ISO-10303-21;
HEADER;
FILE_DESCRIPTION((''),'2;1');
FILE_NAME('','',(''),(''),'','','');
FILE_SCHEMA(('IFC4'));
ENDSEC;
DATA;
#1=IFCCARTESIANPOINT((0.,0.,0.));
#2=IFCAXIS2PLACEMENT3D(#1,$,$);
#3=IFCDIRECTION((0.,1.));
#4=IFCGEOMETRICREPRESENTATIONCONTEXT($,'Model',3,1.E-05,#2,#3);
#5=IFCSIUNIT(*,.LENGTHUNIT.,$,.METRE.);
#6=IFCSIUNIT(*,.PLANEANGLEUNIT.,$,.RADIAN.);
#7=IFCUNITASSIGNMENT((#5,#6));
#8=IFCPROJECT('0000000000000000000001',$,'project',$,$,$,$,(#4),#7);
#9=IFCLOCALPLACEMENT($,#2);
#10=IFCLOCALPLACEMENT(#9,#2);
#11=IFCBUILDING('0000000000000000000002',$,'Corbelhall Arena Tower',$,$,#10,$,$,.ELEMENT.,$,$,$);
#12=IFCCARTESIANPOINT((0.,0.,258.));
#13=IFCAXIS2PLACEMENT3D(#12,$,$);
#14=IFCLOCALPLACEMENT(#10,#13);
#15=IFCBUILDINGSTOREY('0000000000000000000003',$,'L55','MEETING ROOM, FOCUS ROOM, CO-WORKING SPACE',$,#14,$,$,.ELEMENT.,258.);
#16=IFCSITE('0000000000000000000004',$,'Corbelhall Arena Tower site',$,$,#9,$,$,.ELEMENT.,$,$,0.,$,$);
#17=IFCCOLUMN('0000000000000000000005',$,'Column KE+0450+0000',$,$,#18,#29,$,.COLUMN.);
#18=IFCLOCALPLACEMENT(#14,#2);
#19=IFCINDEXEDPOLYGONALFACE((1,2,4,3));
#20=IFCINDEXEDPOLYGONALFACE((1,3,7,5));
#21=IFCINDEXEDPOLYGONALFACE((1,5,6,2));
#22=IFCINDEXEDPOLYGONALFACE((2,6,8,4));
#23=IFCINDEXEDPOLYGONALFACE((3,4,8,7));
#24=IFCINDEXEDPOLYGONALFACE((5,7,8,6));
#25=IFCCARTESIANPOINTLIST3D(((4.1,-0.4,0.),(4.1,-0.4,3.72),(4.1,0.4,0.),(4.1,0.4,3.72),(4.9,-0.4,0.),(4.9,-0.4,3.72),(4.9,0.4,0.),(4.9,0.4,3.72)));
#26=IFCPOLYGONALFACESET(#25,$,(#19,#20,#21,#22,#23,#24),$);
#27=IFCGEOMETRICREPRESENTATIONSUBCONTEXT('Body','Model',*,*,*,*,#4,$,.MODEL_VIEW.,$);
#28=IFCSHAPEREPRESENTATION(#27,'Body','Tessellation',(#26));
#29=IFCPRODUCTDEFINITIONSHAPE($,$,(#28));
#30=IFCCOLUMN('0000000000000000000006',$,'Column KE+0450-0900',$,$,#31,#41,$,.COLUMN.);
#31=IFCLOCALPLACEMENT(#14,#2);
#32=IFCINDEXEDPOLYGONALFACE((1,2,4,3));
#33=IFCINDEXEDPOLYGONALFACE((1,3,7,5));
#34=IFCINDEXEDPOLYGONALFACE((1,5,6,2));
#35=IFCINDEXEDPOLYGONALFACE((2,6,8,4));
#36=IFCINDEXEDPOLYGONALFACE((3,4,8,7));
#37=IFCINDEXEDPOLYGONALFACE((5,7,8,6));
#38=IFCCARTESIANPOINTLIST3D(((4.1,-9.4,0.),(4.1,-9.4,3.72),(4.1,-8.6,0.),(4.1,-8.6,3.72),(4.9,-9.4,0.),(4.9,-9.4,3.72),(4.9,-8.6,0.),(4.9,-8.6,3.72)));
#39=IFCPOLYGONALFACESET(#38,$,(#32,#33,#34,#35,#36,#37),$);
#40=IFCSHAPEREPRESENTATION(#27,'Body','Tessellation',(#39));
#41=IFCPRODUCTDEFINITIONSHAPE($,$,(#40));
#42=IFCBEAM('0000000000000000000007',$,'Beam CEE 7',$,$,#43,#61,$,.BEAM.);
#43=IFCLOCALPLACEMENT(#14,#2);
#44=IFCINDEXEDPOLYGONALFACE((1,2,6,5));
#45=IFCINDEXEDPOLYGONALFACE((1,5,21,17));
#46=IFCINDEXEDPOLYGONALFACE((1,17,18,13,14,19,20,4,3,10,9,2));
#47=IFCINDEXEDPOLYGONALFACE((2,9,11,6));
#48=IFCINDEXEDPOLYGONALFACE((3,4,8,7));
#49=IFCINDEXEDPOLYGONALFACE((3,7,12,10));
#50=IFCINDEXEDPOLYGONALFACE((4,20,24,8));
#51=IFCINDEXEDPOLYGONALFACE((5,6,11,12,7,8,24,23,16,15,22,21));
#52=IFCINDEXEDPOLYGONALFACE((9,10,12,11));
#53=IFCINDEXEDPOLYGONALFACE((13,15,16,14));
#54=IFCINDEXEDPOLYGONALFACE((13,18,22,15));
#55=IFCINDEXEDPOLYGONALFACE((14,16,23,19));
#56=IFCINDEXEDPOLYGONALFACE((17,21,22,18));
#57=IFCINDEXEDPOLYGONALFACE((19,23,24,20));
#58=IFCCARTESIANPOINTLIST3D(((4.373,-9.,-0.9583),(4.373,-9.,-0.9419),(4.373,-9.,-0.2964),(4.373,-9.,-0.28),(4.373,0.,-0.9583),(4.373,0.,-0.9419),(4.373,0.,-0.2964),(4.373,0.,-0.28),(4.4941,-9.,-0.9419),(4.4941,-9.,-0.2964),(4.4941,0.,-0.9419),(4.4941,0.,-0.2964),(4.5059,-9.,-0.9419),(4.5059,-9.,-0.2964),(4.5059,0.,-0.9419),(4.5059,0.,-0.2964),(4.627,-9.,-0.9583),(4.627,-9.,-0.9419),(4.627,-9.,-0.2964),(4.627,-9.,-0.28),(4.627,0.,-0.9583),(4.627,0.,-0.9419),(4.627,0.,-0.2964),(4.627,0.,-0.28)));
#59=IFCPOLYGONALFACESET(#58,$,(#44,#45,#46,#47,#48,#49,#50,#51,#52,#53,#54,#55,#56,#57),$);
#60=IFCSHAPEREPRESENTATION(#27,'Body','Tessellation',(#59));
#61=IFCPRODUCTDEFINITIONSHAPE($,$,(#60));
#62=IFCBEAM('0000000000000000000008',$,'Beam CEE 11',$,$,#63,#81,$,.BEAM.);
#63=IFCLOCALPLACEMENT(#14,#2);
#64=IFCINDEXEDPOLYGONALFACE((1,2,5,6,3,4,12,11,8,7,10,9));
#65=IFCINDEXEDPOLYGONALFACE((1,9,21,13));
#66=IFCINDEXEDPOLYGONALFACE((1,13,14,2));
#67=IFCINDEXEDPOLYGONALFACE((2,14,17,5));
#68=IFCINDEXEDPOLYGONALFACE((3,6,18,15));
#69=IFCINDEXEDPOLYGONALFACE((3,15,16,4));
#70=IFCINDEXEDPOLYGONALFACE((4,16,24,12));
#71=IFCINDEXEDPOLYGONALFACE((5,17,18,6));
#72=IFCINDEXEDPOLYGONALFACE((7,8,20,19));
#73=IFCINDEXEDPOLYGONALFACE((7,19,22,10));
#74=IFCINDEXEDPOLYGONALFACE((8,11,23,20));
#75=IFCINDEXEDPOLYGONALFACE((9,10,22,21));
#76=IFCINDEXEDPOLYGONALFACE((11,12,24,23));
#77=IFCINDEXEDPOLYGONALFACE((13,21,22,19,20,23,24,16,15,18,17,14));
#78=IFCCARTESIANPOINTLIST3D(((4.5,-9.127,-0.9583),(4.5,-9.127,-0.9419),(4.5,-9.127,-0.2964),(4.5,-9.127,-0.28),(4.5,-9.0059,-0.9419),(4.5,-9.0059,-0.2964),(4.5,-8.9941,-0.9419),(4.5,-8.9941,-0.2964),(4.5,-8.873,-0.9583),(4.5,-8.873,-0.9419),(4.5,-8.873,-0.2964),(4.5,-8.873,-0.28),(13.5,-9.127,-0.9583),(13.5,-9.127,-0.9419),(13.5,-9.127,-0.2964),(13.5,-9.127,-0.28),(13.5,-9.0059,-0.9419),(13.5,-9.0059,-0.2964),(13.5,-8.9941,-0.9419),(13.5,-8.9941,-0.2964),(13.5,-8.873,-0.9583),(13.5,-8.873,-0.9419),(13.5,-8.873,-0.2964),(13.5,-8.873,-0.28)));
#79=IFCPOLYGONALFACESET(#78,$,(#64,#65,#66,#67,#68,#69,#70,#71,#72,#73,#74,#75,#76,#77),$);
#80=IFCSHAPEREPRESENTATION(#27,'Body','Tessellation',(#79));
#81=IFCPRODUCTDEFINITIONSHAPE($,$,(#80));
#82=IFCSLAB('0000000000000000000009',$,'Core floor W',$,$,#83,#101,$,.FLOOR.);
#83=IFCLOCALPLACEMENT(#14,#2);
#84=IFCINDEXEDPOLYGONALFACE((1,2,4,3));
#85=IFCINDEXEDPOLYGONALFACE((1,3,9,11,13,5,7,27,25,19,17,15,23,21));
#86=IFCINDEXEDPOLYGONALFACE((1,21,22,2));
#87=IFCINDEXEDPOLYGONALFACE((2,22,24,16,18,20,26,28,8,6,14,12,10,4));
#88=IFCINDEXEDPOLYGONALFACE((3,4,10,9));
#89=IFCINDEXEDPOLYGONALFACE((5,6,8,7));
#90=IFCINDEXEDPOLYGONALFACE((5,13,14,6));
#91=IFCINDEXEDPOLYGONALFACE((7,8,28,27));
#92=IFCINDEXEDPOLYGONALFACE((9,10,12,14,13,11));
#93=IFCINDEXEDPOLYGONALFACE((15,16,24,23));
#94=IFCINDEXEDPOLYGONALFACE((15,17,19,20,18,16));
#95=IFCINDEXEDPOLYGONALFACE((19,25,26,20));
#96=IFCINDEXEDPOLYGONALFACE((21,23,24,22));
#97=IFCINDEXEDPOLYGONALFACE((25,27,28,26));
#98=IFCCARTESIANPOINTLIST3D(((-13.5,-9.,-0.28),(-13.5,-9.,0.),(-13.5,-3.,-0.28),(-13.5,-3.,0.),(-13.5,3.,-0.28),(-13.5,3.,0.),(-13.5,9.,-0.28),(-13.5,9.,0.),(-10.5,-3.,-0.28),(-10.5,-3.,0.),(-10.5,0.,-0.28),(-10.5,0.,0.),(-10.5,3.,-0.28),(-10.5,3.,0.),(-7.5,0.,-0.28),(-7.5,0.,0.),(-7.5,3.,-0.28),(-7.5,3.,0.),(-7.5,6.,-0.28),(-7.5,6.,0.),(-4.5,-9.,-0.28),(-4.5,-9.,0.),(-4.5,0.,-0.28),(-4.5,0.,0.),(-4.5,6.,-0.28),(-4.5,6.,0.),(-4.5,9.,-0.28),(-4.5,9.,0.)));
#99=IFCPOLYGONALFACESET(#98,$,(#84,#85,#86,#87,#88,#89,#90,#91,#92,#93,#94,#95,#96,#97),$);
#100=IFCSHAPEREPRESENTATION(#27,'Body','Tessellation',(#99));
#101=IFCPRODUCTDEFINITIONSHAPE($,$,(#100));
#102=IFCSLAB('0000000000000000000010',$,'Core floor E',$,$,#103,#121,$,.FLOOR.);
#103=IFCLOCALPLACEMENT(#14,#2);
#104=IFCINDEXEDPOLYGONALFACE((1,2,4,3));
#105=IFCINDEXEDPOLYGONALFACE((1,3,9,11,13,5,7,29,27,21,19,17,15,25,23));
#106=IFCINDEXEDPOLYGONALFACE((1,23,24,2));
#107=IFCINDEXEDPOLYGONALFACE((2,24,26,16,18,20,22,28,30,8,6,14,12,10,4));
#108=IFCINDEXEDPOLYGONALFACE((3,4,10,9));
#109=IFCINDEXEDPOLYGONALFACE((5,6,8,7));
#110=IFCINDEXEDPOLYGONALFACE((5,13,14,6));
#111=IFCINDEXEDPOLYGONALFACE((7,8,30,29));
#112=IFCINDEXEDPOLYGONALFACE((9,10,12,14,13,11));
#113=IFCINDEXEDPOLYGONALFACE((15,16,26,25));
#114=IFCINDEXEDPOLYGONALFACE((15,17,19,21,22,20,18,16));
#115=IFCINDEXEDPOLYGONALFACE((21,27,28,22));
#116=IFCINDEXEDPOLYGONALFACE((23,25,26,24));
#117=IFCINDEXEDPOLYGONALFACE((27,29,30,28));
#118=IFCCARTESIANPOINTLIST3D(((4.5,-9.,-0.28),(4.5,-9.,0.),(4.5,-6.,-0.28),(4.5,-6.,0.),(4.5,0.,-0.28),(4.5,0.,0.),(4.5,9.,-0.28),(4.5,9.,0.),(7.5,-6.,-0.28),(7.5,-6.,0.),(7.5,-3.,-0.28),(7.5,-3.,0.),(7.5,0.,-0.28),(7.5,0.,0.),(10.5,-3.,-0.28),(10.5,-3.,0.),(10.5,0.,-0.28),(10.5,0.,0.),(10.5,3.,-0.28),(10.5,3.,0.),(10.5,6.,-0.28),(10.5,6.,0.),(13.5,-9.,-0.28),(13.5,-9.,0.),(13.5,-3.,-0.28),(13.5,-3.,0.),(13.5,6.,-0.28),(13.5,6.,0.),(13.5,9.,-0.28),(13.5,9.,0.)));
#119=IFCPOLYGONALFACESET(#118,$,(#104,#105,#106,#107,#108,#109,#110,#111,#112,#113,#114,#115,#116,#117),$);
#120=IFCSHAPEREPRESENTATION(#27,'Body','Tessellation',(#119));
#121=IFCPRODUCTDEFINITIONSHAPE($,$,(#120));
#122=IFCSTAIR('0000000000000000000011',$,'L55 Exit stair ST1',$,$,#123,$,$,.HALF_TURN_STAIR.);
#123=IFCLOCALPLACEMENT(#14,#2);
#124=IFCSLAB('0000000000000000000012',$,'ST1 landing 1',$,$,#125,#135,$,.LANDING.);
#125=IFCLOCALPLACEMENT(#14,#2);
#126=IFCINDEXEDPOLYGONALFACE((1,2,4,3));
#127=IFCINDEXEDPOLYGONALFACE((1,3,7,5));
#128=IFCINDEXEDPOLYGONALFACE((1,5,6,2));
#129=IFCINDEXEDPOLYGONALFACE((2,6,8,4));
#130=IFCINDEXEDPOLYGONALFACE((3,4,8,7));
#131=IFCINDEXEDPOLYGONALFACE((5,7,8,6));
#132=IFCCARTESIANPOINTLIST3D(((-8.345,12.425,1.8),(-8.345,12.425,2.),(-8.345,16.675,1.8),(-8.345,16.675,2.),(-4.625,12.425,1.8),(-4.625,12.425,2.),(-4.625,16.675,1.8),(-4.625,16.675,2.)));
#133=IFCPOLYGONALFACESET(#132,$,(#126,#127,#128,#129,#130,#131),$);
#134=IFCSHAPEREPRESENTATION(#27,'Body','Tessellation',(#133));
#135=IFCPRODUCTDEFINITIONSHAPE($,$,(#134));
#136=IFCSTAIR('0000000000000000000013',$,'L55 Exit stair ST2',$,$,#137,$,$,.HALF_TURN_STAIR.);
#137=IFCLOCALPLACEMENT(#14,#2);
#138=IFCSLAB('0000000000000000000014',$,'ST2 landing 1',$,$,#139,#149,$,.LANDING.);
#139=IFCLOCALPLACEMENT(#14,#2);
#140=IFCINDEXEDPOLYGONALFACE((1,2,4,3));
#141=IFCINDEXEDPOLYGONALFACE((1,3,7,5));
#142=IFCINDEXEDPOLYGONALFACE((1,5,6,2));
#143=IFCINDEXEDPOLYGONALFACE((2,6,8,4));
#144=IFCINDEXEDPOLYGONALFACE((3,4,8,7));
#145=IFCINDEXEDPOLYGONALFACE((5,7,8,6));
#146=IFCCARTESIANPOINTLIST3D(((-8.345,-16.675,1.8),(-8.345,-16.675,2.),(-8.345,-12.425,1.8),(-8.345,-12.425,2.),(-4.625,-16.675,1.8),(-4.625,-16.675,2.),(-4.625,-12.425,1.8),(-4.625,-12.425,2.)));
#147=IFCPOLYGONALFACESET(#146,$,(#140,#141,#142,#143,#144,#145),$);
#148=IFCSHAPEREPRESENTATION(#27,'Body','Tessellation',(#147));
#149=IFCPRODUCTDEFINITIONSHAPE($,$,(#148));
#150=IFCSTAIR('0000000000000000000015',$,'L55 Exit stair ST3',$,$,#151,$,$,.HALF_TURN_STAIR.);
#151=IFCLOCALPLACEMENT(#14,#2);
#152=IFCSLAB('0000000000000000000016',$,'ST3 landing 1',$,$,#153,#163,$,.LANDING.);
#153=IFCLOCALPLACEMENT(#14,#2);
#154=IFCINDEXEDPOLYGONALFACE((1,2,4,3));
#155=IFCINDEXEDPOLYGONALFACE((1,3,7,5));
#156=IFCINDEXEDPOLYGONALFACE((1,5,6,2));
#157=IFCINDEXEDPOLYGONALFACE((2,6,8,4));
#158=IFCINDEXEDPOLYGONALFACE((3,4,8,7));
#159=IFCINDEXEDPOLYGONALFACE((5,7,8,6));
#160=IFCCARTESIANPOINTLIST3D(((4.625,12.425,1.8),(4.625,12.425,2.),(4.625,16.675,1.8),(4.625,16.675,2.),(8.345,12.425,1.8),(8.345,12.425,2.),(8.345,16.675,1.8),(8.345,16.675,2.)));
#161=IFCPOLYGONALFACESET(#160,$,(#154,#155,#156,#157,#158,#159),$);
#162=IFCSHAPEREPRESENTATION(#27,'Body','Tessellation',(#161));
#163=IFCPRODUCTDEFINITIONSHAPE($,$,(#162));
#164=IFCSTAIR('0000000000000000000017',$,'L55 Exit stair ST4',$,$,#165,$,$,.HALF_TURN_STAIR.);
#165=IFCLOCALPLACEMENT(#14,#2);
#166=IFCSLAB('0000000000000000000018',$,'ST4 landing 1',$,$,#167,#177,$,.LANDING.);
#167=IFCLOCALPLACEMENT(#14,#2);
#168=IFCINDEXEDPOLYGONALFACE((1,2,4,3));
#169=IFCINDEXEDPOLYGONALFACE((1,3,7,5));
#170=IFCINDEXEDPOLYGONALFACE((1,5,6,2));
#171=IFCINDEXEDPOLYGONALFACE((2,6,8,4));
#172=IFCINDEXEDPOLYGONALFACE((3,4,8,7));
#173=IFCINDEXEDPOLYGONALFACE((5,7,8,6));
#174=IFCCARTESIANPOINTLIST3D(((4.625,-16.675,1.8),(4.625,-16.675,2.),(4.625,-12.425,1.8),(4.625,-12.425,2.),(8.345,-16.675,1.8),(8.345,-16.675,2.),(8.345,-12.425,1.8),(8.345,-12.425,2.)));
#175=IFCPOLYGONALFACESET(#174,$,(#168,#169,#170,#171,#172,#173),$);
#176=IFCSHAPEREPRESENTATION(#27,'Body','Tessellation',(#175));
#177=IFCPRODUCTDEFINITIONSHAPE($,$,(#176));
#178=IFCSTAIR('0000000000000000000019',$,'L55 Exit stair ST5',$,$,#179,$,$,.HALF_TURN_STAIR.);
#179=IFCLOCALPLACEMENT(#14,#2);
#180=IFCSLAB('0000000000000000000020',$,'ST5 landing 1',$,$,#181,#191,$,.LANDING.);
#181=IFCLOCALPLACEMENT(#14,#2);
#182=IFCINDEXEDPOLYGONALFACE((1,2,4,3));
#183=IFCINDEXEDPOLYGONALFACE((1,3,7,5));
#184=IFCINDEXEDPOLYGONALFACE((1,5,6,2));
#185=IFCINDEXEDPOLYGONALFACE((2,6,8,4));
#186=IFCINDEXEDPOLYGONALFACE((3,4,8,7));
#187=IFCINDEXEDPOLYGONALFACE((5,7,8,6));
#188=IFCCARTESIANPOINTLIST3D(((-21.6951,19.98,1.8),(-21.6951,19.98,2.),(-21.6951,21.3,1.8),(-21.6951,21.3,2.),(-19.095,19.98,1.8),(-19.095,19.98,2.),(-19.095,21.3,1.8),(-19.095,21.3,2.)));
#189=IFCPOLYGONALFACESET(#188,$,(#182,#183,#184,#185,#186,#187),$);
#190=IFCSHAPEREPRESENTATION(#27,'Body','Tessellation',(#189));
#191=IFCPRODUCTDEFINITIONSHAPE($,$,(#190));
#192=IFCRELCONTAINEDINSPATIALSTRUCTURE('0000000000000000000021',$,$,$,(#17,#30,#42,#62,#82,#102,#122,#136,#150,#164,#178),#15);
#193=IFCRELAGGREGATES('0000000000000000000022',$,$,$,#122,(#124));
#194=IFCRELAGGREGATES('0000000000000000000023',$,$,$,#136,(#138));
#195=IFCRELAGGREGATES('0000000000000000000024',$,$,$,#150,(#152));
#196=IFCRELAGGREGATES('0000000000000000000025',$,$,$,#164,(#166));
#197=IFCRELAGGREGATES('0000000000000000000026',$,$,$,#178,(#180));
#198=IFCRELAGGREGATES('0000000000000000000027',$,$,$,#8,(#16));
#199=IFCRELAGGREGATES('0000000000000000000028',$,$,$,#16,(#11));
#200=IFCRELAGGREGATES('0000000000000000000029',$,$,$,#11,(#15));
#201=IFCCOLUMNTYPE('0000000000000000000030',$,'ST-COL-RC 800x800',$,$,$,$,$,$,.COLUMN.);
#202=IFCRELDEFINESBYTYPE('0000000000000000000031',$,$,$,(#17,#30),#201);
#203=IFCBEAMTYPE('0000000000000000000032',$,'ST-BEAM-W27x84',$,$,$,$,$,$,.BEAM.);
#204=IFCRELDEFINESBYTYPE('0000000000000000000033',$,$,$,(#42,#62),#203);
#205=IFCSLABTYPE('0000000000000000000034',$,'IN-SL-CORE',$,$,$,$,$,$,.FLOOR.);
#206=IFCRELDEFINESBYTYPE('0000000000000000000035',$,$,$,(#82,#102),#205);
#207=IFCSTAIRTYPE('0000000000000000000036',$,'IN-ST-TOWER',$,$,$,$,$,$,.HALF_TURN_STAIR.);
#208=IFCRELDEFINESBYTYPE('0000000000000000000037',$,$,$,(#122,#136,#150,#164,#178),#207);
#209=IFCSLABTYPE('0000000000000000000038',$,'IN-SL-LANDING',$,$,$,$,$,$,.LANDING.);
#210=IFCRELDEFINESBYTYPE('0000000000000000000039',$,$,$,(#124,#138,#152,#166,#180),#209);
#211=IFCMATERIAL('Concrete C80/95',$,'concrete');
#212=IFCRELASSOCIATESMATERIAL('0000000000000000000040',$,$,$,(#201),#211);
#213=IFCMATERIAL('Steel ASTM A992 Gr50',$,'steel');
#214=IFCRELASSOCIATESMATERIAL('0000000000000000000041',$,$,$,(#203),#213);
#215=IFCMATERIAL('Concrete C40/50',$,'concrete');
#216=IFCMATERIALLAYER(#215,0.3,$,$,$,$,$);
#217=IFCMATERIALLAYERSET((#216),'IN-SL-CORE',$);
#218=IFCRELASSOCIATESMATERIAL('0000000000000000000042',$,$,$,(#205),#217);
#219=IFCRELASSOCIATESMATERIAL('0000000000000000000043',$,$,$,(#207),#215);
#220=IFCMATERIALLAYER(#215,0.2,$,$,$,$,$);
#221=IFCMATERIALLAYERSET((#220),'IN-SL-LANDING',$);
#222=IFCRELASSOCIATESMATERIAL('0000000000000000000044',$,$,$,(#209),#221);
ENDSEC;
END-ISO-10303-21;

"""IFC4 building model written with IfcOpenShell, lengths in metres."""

from ifc_helpers import new_model, si_unit, direction, frame, origin, origin_2d, place, context, subcontext, project, spatial, polyline, rectangle, i_section, outline, extrude, material, layer, layer_set, material_profile, profile_set, type_object, element, aggregate, save


model = new_model("IFC4")

# Units and contexts
model_context = context("Model", 3, precision=1e-05, world=origin(), true_north=direction((0.0, 1.0)))
body_context = subcontext(model_context, "Body", "Model", "MODEL_VIEW")
ifc_project = project(units=[si_unit("LENGTHUNIT", "METRE"), si_unit("PLANEANGLEUNIT", "RADIAN")], contexts=[model_context])

# Site, building, storey
site_placement = place(None, origin())
site = spatial("IfcSite", under=ifc_project, at=site_placement, Name="Corbelhall Arena Tower site", CompositionType="ELEMENT", RefElevation=0.0)
building_placement = place(site_placement, origin())
building = spatial("IfcBuilding", under=site, at=building_placement, Name="Corbelhall Arena Tower", CompositionType="ELEMENT")
storey_placement = place(building_placement, frame((0.0, 0.0, 258.0)))
storey = spatial("IfcBuildingStorey", under=building, at=storey_placement, Name="L55", Description="MEETING ROOM, FOCUS ROOM, CO-WORKING SPACE", CompositionType="ELEMENT", Elevation=258.0)

# Columns
ifc_material_1 = material(Name="Concrete C80/95", Category="concrete")
ifc_material_profile_1 = material_profile(ifc_material_1, rectangle(XDim=0.8, YDim=0.8, at=origin_2d()))
ifc_profile_set_1 = profile_set([ifc_material_profile_1], Name="Concrete C80/95")
column_type = type_object("IfcColumnType", Name="ST-COL-RC 800x800", PredefinedType="COLUMN", material=ifc_profile_set_1)
for number, where, z_axis, x_axis, name in (
    (1, (4.5, 0.0, 0.0), (0.0, 0.0, 1.0), (1.0, 0.0, 0.0), "Column KE+0450+0000"),
    (2, (4.5, -9.0, 0.0), (0.0, 0.0, 1.0), (1.0, 0.0, 0.0), "Column KE+0450-0900"),
):
    element("IfcColumn", number, at=place(storey_placement, frame(where, z_axis=z_axis, x_axis=x_axis)), inside=storey, type_object=column_type, Name=name, PredefinedType="COLUMN", context=body_context, shape_type="SweptSolid", body=[
        extrude(rectangle(XDim=0.8, YDim=0.8, at=origin_2d()), origin(), (0.0, 0.0, 1.0), 3.72),
    ])

# Beams
ifc_material_2 = material(Name="Steel ASTM A992 Gr50", Category="steel")
ifc_material_profile_2 = material_profile(ifc_material_2, i_section(OverallWidth=0.2539, OverallDepth=0.6782, WebThickness=0.0117, FlangeThickness=0.0164, at=origin_2d()))
ifc_profile_set_2 = profile_set([ifc_material_profile_2], Name="Steel ASTM A992 Gr50")
beam_type = type_object("IfcBeamType", Name="ST-BEAM-W27x84", PredefinedType="BEAM", material=ifc_profile_set_2)
for number, where, z_axis, x_axis, name in (
    (3, (4.5, -9.0, -0.6191), (0.0, 1.0, 0.0), (-1.0, 0.0, 0.0), "Beam CEE 7"),
    (4, (4.5, -9.0, -0.6191), (1.0, 0.0, 0.0), (0.0, 1.0, 0.0), "Beam CEE 11"),
):
    element("IfcBeam", number, at=place(storey_placement, frame(where, z_axis=z_axis, x_axis=x_axis)), inside=storey, type_object=beam_type, Name=name, PredefinedType="BEAM", context=body_context, shape_type="SweptSolid", body=[
        extrude(i_section(OverallWidth=0.2539, OverallDepth=0.6782, WebThickness=0.0117, FlangeThickness=0.0164, at=origin_2d()), origin(), (0.0, 0.0, 1.0), 9.0),
    ])

# Slabs
ifc_material_3 = material(Name="Concrete C40/50", Category="concrete")
ifc_layer_1 = layer(ifc_material_3, 0.3)
ifc_layer_set_1 = layer_set([ifc_layer_1], Name="IN-SL-CORE")
slab_type_1 = type_object("IfcSlabType", Name="IN-SL-CORE", PredefinedType="FLOOR", material=ifc_layer_set_1)
slab_1_placement = place(storey_placement, frame((0.0, 0.0, -0.28)))
element("IfcSlab", 5, at=slab_1_placement, inside=storey, type_object=slab_type_1, Name="Core floor W", PredefinedType="FLOOR", context=body_context, shape_type="SweptSolid", body=[
    extrude(outline(polyline([(-10.5, -3.0), (-13.5, -3.0), (-13.5, -9.0), (-4.5, -9.0), (-4.5, 0.0), (-7.5, 0.0), (-7.5, 3.0), (-7.5, 6.0), (-4.5, 6.0), (-4.5, 9.0), (-13.5, 9.0), (-13.5, 3.0), (-10.5, 3.0), (-10.5, 0.0), (-10.5, -3.0)])), origin(), (0.0, 0.0, 1.0), 0.28),
])
slab_2_placement = place(storey_placement, frame((0.0, 0.0, -0.28)))
element("IfcSlab", 6, at=slab_2_placement, inside=storey, type_object=slab_type_1, Name="Core floor E", PredefinedType="FLOOR", context=body_context, shape_type="SweptSolid", body=[
    extrude(outline(polyline([(13.5, -3.0), (10.5, -3.0), (10.5, 0.0), (10.5, 3.0), (10.5, 6.0), (13.5, 6.0), (13.5, 9.0), (4.5, 9.0), (4.5, 0.0), (7.5, 0.0), (7.5, -3.0), (7.5, -6.0), (4.5, -6.0), (4.5, -9.0), (13.5, -9.0), (13.5, -3.0)])), origin(), (0.0, 0.0, 1.0), 0.28),
])

# Stairs, slabs
stair_type = type_object("IfcStairType", Name="IN-ST-TOWER", PredefinedType="HALF_TURN_STAIR", material=ifc_material_3)
stair_1_placement = place(storey_placement, origin())
stair_1 = element("IfcStair", 7, at=stair_1_placement, inside=storey, type_object=stair_type, Name="L55 Exit stair ST1", PredefinedType="HALF_TURN_STAIR")
ifc_layer_2 = layer(ifc_material_3, 0.2)
ifc_layer_set_2 = layer_set([ifc_layer_2], Name="IN-SL-LANDING")
slab_type_2 = type_object("IfcSlabType", Name="IN-SL-LANDING", PredefinedType="LANDING", material=ifc_layer_set_2)
slab_3_placement = place(storey_placement, frame((0.0, 0.0, 1.8)))
slab_3 = element("IfcSlab", 8, at=slab_3_placement, type_object=slab_type_2, Name="ST1 landing 1", PredefinedType="LANDING", context=body_context, shape_type="SweptSolid", body=[
    extrude(outline(polyline([(-8.345, 12.425), (-4.625, 12.425), (-4.625, 16.675), (-8.345, 16.675), (-8.345, 12.425)])), origin(), (0.0, 0.0, 1.0), 0.2),
])
aggregate(stair_1, [slab_3])
stair_2_placement = place(storey_placement, origin())
stair_2 = element("IfcStair", 9, at=stair_2_placement, inside=storey, type_object=stair_type, Name="L55 Exit stair ST2", PredefinedType="HALF_TURN_STAIR")
slab_4_placement = place(storey_placement, frame((0.0, 0.0, 1.8)))
slab_4 = element("IfcSlab", 10, at=slab_4_placement, type_object=slab_type_2, Name="ST2 landing 1", PredefinedType="LANDING", context=body_context, shape_type="SweptSolid", body=[
    extrude(outline(polyline([(-8.345, -16.675), (-4.625, -16.675), (-4.625, -12.425), (-8.345, -12.425), (-8.345, -16.675)])), origin(), (0.0, 0.0, 1.0), 0.2),
])
aggregate(stair_2, [slab_4])
stair_3_placement = place(storey_placement, origin())
stair_3 = element("IfcStair", 11, at=stair_3_placement, inside=storey, type_object=stair_type, Name="L55 Exit stair ST3", PredefinedType="HALF_TURN_STAIR")
slab_5_placement = place(storey_placement, frame((0.0, 0.0, 1.8)))
slab_5 = element("IfcSlab", 12, at=slab_5_placement, type_object=slab_type_2, Name="ST3 landing 1", PredefinedType="LANDING", context=body_context, shape_type="SweptSolid", body=[
    extrude(outline(polyline([(8.345, 16.675), (4.625, 16.675), (4.625, 12.425), (8.345, 12.425), (8.345, 16.675)])), origin(), (0.0, 0.0, 1.0), 0.2),
])
aggregate(stair_3, [slab_5])
stair_4_placement = place(storey_placement, origin())
stair_4 = element("IfcStair", 13, at=stair_4_placement, inside=storey, type_object=stair_type, Name="L55 Exit stair ST4", PredefinedType="HALF_TURN_STAIR")
slab_6_placement = place(storey_placement, frame((0.0, 0.0, 1.8)))
slab_6 = element("IfcSlab", 14, at=slab_6_placement, type_object=slab_type_2, Name="ST4 landing 1", PredefinedType="LANDING", context=body_context, shape_type="SweptSolid", body=[
    extrude(outline(polyline([(8.345, -12.425), (4.625, -12.425), (4.625, -16.675), (8.345, -16.675), (8.345, -12.425)])), origin(), (0.0, 0.0, 1.0), 0.2),
])
aggregate(stair_4, [slab_6])
stair_5_placement = place(storey_placement, origin())
stair_5 = element("IfcStair", 15, at=stair_5_placement, inside=storey, type_object=stair_type, Name="L55 Exit stair ST5", PredefinedType="HALF_TURN_STAIR")
slab_7_placement = place(storey_placement, frame((0.0, 0.0, 1.8)))
slab_7 = element("IfcSlab", 16, at=slab_7_placement, type_object=slab_type_2, Name="ST5 landing 1", PredefinedType="LANDING", context=body_context, shape_type="SweptSolid", body=[
    extrude(outline(polyline([(-19.095, 19.98), (-19.095, 21.3), (-21.6951, 21.3), (-21.6951, 19.98), (-19.095, 19.98)])), origin(), (0.0, 0.0, 1.0), 0.2),
])
aggregate(stair_5, [slab_7])

save(model, "model.ifc")
